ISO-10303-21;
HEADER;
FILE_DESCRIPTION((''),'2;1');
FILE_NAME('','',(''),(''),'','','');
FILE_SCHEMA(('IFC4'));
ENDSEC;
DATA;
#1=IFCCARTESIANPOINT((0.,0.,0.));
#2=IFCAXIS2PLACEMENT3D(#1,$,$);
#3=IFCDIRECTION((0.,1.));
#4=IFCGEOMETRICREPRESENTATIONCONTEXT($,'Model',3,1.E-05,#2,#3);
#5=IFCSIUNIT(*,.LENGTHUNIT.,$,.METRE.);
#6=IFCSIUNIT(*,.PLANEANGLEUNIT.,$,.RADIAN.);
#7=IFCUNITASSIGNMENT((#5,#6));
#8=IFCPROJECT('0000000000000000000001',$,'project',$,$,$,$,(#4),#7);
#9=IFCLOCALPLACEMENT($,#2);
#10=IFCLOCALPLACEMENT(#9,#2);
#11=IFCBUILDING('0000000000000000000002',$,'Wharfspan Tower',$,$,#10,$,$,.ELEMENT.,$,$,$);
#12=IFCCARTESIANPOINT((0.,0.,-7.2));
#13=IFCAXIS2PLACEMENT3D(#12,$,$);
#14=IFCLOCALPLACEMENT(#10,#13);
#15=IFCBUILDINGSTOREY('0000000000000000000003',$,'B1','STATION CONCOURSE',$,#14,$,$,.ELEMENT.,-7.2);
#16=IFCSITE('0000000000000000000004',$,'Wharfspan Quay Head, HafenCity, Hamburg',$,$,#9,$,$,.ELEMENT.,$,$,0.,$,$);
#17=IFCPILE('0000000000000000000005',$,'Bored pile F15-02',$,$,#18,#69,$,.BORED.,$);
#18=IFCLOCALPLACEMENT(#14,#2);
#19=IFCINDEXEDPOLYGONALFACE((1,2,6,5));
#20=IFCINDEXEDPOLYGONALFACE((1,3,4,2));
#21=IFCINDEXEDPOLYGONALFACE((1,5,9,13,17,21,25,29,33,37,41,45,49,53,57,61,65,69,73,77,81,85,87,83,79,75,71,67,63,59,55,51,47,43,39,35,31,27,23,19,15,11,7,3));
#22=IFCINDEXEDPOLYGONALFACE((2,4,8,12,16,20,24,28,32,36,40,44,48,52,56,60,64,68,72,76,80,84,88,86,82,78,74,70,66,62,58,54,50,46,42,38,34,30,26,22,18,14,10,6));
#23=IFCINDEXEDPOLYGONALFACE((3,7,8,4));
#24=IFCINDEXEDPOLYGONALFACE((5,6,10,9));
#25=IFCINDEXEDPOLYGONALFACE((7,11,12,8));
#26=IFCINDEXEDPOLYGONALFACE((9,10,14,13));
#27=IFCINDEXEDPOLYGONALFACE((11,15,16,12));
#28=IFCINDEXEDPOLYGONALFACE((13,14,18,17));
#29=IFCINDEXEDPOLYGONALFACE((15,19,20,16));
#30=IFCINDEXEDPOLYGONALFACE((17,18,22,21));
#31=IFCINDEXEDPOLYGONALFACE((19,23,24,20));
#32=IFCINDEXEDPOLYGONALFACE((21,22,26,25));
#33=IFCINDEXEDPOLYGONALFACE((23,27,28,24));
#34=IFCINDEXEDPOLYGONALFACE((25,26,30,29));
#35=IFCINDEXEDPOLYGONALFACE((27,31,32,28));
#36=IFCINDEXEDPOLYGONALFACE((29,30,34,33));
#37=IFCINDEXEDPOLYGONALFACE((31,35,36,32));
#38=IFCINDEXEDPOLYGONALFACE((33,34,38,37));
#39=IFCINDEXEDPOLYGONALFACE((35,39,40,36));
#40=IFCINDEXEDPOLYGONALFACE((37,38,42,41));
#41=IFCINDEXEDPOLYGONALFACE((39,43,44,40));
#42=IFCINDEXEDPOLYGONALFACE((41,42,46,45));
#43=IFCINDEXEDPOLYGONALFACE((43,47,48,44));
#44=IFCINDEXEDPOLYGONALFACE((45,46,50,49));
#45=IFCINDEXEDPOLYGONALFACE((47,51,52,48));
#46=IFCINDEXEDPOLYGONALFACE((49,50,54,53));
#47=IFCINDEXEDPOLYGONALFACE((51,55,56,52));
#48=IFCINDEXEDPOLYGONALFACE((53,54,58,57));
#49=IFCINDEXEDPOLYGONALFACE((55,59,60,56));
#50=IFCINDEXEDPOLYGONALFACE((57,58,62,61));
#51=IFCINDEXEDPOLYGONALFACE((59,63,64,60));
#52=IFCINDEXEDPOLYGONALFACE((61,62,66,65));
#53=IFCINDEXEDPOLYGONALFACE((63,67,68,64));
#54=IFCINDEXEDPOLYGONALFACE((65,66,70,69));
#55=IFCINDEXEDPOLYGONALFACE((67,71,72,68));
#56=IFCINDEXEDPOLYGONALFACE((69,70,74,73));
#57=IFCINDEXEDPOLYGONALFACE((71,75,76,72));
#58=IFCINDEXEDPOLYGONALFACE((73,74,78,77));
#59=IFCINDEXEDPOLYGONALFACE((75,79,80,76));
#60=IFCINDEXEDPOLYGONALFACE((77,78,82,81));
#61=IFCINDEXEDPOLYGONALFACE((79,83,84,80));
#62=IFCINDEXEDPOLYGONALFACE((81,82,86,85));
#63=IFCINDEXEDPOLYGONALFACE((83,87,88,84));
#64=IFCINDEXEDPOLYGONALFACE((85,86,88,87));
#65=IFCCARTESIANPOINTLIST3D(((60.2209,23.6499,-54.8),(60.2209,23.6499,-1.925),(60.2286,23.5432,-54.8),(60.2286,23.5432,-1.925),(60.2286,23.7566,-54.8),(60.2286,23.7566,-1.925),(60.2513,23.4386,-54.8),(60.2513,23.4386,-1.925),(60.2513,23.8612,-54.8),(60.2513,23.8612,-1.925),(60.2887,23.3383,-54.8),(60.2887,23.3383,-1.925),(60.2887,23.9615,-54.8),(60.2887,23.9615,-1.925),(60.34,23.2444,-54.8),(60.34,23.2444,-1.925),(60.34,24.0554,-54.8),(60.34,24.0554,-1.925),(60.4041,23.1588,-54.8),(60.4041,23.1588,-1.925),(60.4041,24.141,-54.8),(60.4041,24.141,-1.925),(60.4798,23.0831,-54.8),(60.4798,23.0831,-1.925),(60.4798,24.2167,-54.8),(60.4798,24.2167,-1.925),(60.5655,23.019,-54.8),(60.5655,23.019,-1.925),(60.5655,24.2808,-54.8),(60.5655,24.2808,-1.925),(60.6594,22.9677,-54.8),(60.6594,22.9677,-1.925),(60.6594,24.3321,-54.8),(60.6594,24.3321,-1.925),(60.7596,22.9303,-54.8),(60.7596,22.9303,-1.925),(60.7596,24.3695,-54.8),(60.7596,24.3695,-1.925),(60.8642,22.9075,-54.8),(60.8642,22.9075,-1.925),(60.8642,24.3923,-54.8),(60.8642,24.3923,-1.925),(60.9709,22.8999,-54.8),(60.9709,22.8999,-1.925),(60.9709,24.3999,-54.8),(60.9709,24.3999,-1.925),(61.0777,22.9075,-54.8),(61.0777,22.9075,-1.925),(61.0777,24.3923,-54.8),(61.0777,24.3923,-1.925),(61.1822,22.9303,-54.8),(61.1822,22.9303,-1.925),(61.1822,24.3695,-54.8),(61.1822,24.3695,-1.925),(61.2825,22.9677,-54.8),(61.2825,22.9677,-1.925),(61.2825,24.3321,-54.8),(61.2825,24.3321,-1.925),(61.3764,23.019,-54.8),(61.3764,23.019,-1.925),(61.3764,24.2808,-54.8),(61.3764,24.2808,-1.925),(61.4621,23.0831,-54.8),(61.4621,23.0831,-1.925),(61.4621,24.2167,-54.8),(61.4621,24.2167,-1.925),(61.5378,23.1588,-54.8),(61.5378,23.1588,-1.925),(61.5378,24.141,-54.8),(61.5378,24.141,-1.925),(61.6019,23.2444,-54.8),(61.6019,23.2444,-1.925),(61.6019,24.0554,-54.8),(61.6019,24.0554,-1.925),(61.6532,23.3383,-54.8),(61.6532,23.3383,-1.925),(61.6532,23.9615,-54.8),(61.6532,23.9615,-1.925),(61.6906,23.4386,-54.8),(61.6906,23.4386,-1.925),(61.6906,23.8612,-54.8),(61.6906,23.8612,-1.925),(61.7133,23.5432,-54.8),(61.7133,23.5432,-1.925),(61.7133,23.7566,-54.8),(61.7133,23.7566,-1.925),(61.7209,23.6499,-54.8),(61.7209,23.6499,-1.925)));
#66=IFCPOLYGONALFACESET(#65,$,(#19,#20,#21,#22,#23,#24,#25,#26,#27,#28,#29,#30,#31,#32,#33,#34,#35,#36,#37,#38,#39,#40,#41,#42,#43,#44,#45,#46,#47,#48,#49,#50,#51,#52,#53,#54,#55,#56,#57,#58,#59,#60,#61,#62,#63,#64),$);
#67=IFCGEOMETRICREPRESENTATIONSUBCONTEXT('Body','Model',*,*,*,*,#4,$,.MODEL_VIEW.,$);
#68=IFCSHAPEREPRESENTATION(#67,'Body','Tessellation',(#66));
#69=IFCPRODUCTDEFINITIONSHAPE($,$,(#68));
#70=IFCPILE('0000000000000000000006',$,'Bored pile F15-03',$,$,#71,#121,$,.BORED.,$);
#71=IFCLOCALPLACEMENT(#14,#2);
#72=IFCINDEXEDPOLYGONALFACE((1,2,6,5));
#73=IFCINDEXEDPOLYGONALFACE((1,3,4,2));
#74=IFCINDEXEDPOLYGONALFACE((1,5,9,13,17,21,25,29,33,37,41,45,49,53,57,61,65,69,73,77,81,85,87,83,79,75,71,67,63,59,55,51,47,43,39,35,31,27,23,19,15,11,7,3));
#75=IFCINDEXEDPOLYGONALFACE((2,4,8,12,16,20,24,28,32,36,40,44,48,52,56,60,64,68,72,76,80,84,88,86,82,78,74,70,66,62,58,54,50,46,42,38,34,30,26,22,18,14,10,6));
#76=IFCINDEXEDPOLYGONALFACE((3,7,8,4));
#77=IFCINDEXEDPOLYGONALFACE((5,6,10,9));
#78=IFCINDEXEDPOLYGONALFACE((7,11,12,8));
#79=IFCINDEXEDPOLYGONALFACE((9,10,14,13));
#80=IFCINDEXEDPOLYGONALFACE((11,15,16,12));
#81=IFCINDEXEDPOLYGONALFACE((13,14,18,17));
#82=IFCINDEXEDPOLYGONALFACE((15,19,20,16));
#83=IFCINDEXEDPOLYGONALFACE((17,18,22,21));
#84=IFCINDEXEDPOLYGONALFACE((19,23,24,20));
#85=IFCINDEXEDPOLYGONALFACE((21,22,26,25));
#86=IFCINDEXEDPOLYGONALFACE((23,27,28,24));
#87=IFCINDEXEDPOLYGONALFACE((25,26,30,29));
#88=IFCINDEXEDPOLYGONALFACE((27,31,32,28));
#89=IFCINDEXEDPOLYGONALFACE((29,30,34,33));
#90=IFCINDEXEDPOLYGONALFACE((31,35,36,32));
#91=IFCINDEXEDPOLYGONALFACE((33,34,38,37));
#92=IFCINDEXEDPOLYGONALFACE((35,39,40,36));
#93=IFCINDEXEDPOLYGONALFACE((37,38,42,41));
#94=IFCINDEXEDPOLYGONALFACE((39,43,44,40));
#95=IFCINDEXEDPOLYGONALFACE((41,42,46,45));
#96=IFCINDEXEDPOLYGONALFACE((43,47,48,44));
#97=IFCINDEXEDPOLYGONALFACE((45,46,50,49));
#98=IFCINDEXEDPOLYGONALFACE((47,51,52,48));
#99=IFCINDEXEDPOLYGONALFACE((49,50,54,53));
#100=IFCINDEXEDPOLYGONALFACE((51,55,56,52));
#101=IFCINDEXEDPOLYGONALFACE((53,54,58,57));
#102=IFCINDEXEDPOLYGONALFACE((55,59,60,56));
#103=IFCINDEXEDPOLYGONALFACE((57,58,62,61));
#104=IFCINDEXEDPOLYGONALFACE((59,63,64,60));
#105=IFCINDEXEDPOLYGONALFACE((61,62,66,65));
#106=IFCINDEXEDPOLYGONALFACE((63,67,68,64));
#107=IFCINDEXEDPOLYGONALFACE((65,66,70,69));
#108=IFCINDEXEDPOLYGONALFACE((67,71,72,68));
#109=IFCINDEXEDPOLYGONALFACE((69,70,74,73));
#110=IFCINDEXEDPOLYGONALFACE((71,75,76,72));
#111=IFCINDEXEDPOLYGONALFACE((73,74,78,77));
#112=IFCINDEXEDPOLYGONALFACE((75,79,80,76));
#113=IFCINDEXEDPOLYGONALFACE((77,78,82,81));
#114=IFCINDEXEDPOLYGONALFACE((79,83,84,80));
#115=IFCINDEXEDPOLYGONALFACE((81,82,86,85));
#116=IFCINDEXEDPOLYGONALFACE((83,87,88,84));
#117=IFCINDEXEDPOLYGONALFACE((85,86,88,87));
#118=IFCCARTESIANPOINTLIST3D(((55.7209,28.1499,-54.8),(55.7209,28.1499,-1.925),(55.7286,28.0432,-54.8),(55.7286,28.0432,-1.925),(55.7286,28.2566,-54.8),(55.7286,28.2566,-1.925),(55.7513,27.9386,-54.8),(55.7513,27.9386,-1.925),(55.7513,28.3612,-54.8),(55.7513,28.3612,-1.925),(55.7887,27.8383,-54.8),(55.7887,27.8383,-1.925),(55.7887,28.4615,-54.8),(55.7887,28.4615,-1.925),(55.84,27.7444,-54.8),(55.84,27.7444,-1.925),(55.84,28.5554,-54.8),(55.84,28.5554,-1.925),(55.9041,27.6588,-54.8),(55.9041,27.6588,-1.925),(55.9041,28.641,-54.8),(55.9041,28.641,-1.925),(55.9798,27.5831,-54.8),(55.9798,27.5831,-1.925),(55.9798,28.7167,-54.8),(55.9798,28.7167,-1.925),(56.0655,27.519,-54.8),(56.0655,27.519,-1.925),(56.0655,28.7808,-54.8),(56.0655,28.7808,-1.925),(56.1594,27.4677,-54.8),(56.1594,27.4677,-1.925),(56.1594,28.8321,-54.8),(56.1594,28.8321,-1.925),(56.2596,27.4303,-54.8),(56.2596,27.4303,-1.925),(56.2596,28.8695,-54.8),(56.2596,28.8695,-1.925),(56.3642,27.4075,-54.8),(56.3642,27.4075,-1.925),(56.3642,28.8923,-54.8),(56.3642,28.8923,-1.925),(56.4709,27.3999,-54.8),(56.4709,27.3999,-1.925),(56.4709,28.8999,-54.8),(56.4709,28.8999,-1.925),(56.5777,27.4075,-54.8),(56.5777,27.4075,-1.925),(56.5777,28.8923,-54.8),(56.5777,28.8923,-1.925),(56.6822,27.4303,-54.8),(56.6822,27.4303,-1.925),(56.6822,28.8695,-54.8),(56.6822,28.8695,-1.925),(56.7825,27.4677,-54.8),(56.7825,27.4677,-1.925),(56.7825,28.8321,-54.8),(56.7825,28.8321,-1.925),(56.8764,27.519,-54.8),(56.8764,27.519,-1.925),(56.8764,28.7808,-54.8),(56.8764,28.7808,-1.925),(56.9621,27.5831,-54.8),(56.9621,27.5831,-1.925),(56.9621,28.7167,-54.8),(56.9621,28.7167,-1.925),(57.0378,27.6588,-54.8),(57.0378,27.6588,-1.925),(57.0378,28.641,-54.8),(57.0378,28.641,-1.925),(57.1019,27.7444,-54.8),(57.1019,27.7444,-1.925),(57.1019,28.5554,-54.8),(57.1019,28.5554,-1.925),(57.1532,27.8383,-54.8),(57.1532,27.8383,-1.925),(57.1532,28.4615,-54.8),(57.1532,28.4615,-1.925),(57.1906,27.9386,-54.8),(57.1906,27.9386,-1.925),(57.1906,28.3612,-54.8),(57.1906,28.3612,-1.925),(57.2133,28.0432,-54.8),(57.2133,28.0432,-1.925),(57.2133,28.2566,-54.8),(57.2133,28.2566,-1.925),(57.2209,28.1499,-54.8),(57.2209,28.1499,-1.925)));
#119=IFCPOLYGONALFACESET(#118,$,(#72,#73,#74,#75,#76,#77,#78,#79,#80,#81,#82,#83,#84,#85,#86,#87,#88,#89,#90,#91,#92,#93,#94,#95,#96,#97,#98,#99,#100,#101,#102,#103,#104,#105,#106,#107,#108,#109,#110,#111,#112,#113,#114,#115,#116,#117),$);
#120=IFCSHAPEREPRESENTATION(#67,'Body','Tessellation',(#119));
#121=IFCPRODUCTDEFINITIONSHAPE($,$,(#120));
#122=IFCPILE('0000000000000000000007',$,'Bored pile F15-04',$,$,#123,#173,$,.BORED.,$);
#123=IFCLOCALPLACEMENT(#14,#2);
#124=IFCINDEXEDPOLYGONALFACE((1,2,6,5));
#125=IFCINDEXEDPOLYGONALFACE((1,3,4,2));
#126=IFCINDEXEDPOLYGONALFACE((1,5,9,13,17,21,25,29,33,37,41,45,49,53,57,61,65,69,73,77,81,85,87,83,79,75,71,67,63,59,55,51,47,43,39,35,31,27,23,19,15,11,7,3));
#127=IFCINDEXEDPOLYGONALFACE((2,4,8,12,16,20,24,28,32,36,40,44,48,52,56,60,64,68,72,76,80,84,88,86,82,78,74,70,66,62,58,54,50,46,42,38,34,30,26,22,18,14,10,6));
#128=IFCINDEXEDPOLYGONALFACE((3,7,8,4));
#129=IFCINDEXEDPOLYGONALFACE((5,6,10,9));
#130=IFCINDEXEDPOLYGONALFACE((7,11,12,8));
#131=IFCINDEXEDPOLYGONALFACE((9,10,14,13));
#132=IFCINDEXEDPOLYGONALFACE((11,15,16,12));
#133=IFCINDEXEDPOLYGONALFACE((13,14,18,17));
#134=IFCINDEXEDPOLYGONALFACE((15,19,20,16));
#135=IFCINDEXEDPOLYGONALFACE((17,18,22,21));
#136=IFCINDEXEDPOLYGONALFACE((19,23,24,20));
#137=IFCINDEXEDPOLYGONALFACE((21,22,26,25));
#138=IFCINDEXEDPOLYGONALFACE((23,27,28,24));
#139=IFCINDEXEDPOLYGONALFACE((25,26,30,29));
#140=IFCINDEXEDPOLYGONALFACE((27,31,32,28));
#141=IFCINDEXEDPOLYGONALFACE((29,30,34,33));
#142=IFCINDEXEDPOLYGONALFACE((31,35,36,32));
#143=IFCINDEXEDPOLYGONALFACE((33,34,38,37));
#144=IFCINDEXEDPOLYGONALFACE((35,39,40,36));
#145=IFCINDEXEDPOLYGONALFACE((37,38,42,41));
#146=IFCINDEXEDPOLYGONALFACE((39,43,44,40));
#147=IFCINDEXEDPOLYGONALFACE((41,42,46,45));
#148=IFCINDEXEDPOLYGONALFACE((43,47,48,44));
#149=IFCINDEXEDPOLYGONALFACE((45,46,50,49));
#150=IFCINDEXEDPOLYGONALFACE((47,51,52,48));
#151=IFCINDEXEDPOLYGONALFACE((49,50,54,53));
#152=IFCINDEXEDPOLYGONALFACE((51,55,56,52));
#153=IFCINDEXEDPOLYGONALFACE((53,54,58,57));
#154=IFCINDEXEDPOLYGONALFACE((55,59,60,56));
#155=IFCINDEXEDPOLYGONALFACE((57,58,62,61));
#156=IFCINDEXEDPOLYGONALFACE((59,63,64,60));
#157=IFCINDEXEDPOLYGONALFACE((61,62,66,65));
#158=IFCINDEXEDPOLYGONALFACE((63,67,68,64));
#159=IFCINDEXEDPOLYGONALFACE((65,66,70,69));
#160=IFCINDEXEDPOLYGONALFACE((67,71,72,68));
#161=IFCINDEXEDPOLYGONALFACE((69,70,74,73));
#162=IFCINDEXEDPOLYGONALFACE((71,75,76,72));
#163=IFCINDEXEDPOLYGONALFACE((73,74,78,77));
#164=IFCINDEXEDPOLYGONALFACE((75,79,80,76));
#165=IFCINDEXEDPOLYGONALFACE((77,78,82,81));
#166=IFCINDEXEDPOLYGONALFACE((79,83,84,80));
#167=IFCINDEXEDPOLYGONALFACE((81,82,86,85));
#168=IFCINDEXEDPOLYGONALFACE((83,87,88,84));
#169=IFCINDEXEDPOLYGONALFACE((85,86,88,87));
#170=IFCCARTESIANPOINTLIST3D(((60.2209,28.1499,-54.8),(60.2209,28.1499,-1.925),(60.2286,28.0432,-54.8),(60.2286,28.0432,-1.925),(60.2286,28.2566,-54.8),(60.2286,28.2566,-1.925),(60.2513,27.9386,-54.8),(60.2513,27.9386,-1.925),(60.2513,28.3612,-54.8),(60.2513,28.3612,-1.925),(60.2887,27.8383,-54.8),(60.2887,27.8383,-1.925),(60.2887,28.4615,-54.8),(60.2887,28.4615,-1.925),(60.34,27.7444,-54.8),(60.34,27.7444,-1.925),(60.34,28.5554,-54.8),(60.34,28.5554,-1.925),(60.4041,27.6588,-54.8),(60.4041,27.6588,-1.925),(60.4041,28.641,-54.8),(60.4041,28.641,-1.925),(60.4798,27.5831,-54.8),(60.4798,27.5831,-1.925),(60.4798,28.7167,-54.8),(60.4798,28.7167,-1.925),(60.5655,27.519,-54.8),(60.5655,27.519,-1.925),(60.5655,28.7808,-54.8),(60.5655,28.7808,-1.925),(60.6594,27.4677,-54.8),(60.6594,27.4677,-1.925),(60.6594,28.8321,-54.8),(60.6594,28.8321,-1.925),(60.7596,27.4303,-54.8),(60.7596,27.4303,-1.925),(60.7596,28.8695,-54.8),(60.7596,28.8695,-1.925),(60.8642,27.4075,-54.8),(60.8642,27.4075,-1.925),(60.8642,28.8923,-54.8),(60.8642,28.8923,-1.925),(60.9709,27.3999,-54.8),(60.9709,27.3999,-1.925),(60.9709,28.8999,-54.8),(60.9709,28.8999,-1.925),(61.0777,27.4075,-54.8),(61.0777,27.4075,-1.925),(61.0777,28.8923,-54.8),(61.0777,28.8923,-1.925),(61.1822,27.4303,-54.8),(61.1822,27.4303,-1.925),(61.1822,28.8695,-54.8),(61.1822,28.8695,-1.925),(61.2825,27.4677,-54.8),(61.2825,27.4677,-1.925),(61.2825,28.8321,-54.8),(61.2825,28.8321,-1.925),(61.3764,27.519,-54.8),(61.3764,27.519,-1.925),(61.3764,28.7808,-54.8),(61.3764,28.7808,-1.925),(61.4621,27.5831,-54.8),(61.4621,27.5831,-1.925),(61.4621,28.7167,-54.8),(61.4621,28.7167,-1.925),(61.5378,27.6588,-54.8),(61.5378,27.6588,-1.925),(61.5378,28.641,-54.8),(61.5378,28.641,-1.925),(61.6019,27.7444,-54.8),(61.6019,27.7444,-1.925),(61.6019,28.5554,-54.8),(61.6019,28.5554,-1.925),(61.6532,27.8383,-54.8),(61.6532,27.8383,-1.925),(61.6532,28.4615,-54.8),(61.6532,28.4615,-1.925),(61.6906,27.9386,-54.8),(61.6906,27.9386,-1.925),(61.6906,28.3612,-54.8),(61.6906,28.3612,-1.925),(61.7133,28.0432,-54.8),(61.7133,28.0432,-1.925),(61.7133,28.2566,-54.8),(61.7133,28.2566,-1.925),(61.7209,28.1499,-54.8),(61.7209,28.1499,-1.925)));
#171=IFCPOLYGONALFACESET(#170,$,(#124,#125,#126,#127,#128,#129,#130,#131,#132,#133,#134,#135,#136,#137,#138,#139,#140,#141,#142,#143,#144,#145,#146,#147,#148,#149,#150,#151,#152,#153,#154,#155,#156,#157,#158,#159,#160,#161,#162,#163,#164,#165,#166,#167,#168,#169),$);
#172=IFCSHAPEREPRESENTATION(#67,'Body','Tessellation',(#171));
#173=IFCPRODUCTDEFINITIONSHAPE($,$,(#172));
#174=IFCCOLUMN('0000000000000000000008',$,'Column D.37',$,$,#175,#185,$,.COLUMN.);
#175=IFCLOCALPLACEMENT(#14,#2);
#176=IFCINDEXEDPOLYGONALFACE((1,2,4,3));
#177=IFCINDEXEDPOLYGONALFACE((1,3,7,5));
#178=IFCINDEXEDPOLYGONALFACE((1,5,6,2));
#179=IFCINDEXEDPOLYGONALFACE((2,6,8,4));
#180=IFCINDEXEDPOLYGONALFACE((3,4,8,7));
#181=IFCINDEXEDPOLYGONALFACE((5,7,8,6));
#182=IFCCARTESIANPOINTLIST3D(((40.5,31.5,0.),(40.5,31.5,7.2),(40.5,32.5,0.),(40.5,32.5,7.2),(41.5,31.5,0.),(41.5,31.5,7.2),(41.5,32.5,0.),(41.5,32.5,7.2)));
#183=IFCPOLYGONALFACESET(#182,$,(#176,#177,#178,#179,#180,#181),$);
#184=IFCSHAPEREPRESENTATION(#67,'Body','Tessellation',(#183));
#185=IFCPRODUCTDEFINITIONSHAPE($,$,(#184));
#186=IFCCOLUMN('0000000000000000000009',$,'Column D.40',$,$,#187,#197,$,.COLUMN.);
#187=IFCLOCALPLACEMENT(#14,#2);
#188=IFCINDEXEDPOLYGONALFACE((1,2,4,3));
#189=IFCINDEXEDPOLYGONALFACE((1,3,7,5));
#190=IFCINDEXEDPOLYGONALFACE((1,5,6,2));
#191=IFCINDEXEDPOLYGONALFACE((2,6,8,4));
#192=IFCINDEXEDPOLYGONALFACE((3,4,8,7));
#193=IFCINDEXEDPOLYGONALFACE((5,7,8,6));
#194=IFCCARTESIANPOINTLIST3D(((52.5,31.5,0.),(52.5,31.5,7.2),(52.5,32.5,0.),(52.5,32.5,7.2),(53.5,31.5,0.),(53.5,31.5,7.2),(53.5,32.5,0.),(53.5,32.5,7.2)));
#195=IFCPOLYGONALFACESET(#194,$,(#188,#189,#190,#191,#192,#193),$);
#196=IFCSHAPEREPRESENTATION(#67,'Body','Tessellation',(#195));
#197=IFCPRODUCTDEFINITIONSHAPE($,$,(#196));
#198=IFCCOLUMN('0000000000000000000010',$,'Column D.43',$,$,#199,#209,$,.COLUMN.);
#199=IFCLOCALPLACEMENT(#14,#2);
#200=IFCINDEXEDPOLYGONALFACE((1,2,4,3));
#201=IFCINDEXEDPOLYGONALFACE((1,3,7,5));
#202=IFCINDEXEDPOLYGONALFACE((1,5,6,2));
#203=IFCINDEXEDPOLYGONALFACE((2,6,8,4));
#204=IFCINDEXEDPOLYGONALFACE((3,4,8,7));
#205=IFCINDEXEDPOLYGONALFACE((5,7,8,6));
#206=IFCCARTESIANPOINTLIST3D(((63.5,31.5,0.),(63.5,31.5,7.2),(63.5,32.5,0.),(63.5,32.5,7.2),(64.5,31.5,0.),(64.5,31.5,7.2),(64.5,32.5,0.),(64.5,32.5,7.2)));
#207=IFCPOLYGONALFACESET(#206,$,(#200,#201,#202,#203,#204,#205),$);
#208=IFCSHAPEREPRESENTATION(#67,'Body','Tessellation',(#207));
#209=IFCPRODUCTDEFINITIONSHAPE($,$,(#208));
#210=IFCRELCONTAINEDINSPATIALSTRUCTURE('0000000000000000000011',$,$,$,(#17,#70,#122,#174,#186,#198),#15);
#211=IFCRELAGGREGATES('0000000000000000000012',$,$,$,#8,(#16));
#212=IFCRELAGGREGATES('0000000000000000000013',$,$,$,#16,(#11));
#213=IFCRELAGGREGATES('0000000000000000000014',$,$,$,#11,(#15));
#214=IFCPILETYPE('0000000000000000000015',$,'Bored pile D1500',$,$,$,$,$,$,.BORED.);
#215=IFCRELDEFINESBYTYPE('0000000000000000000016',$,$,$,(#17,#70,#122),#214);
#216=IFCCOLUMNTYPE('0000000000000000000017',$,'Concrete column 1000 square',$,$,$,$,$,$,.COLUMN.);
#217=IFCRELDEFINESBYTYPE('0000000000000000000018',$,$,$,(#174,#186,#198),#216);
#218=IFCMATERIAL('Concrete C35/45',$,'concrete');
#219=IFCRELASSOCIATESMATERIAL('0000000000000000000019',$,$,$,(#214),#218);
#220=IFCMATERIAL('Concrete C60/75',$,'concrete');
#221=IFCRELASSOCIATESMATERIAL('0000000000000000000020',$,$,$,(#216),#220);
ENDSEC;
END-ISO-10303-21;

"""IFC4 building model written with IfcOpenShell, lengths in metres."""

from ifc_helpers import new_model, si_unit, direction, frame, origin, origin_2d, place, context, subcontext, project, spatial, rectangle, circle, extrude, material, material_profile, profile_set, type_object, element, save


model = new_model("IFC4")

# Units and contexts
model_context = context("Model", 3, precision=1e-05, world=origin(), true_north=direction((0.0, 1.0)))
body_context = subcontext(model_context, "Body", "Model", "MODEL_VIEW")
ifc_project = project(units=[si_unit("LENGTHUNIT", "METRE"), si_unit("PLANEANGLEUNIT", "RADIAN")], contexts=[model_context])

# Site, building, storey
site_placement = place(None, origin())
site = spatial("IfcSite", under=ifc_project, at=site_placement, Name="Wharfspan Quay Head, HafenCity, Hamburg", CompositionType="ELEMENT", RefElevation=0.0)
building_placement = place(site_placement, origin())
building = spatial("IfcBuilding", under=site, at=building_placement, Name="Wharfspan Tower", CompositionType="ELEMENT")
storey_placement = place(building_placement, frame((0.0, 0.0, -7.2)))
storey = spatial("IfcBuildingStorey", under=building, at=storey_placement, Name="B1", Description="STATION CONCOURSE", CompositionType="ELEMENT", Elevation=-7.2)

# Piles
ifc_material_1 = material(Name="Concrete C35/45", Category="concrete")
ifc_material_profile_1 = material_profile(ifc_material_1, circle(Radius=0.75, at=origin_2d()))
ifc_profile_set_1 = profile_set([ifc_material_profile_1], Name="Concrete C35/45")
pile_type = type_object("IfcPileType", Name="Bored pile D1500", PredefinedType="BORED", material=ifc_profile_set_1)
for number, where, z_axis, x_axis, name in (
    (1, (60.9709, 23.6499, -1.925), (0.0, 0.0, -1.0), (1.0, 0.0, 0.0), "Bored pile F15-02"),
    (2, (56.4709, 28.1499, -1.925), (0.0, 0.0, -1.0), (1.0, 0.0, 0.0), "Bored pile F15-03"),
    (3, (60.9709, 28.1499, -1.925), (0.0, 0.0, -1.0), (1.0, 0.0, 0.0), "Bored pile F15-04"),
):
    element("IfcPile", number, at=place(storey_placement, frame(where, z_axis=z_axis, x_axis=x_axis)), inside=storey, type_object=pile_type, Name=name, PredefinedType="BORED", context=body_context, shape_type="SweptSolid", body=[
        extrude(circle(Radius=0.75, at=origin_2d()), origin(), (0.0, 0.0, 1.0), 52.875),
    ])

# Columns
ifc_material_2 = material(Name="Concrete C60/75", Category="concrete")
ifc_material_profile_2 = material_profile(ifc_material_2, rectangle(XDim=1.0, YDim=1.0, at=origin_2d()))
ifc_profile_set_2 = profile_set([ifc_material_profile_2], Name="Concrete C60/75")
column_type_1 = type_object("IfcColumnType", Name="Concrete column 1000 square", PredefinedType="COLUMN", material=ifc_profile_set_2)
for number, where, z_axis, x_axis, name in (
    (4, (41.0, 32.0, 0.0), (0.0, 0.0, 1.0), (1.0, 0.0, 0.0), "Column D.37"),
    (5, (53.0, 32.0, 0.0), (0.0, 0.0, 1.0), (1.0, 0.0, 0.0), "Column D.40"),
    (6, (64.0, 32.0, 0.0), (0.0, 0.0, 1.0), (1.0, 0.0, 0.0), "Column D.43"),
):
    element("IfcColumn", number, at=place(storey_placement, frame(where, z_axis=z_axis, x_axis=x_axis)), inside=storey, type_object=column_type_1, Name=name, PredefinedType="COLUMN", context=body_context, shape_type="SweptSolid", body=[
        extrude(rectangle(XDim=1.0, YDim=1.0, at=origin_2d()), origin(), (0.0, 0.0, 1.0), 7.2),
    ])

save(model, "model.ifc")
